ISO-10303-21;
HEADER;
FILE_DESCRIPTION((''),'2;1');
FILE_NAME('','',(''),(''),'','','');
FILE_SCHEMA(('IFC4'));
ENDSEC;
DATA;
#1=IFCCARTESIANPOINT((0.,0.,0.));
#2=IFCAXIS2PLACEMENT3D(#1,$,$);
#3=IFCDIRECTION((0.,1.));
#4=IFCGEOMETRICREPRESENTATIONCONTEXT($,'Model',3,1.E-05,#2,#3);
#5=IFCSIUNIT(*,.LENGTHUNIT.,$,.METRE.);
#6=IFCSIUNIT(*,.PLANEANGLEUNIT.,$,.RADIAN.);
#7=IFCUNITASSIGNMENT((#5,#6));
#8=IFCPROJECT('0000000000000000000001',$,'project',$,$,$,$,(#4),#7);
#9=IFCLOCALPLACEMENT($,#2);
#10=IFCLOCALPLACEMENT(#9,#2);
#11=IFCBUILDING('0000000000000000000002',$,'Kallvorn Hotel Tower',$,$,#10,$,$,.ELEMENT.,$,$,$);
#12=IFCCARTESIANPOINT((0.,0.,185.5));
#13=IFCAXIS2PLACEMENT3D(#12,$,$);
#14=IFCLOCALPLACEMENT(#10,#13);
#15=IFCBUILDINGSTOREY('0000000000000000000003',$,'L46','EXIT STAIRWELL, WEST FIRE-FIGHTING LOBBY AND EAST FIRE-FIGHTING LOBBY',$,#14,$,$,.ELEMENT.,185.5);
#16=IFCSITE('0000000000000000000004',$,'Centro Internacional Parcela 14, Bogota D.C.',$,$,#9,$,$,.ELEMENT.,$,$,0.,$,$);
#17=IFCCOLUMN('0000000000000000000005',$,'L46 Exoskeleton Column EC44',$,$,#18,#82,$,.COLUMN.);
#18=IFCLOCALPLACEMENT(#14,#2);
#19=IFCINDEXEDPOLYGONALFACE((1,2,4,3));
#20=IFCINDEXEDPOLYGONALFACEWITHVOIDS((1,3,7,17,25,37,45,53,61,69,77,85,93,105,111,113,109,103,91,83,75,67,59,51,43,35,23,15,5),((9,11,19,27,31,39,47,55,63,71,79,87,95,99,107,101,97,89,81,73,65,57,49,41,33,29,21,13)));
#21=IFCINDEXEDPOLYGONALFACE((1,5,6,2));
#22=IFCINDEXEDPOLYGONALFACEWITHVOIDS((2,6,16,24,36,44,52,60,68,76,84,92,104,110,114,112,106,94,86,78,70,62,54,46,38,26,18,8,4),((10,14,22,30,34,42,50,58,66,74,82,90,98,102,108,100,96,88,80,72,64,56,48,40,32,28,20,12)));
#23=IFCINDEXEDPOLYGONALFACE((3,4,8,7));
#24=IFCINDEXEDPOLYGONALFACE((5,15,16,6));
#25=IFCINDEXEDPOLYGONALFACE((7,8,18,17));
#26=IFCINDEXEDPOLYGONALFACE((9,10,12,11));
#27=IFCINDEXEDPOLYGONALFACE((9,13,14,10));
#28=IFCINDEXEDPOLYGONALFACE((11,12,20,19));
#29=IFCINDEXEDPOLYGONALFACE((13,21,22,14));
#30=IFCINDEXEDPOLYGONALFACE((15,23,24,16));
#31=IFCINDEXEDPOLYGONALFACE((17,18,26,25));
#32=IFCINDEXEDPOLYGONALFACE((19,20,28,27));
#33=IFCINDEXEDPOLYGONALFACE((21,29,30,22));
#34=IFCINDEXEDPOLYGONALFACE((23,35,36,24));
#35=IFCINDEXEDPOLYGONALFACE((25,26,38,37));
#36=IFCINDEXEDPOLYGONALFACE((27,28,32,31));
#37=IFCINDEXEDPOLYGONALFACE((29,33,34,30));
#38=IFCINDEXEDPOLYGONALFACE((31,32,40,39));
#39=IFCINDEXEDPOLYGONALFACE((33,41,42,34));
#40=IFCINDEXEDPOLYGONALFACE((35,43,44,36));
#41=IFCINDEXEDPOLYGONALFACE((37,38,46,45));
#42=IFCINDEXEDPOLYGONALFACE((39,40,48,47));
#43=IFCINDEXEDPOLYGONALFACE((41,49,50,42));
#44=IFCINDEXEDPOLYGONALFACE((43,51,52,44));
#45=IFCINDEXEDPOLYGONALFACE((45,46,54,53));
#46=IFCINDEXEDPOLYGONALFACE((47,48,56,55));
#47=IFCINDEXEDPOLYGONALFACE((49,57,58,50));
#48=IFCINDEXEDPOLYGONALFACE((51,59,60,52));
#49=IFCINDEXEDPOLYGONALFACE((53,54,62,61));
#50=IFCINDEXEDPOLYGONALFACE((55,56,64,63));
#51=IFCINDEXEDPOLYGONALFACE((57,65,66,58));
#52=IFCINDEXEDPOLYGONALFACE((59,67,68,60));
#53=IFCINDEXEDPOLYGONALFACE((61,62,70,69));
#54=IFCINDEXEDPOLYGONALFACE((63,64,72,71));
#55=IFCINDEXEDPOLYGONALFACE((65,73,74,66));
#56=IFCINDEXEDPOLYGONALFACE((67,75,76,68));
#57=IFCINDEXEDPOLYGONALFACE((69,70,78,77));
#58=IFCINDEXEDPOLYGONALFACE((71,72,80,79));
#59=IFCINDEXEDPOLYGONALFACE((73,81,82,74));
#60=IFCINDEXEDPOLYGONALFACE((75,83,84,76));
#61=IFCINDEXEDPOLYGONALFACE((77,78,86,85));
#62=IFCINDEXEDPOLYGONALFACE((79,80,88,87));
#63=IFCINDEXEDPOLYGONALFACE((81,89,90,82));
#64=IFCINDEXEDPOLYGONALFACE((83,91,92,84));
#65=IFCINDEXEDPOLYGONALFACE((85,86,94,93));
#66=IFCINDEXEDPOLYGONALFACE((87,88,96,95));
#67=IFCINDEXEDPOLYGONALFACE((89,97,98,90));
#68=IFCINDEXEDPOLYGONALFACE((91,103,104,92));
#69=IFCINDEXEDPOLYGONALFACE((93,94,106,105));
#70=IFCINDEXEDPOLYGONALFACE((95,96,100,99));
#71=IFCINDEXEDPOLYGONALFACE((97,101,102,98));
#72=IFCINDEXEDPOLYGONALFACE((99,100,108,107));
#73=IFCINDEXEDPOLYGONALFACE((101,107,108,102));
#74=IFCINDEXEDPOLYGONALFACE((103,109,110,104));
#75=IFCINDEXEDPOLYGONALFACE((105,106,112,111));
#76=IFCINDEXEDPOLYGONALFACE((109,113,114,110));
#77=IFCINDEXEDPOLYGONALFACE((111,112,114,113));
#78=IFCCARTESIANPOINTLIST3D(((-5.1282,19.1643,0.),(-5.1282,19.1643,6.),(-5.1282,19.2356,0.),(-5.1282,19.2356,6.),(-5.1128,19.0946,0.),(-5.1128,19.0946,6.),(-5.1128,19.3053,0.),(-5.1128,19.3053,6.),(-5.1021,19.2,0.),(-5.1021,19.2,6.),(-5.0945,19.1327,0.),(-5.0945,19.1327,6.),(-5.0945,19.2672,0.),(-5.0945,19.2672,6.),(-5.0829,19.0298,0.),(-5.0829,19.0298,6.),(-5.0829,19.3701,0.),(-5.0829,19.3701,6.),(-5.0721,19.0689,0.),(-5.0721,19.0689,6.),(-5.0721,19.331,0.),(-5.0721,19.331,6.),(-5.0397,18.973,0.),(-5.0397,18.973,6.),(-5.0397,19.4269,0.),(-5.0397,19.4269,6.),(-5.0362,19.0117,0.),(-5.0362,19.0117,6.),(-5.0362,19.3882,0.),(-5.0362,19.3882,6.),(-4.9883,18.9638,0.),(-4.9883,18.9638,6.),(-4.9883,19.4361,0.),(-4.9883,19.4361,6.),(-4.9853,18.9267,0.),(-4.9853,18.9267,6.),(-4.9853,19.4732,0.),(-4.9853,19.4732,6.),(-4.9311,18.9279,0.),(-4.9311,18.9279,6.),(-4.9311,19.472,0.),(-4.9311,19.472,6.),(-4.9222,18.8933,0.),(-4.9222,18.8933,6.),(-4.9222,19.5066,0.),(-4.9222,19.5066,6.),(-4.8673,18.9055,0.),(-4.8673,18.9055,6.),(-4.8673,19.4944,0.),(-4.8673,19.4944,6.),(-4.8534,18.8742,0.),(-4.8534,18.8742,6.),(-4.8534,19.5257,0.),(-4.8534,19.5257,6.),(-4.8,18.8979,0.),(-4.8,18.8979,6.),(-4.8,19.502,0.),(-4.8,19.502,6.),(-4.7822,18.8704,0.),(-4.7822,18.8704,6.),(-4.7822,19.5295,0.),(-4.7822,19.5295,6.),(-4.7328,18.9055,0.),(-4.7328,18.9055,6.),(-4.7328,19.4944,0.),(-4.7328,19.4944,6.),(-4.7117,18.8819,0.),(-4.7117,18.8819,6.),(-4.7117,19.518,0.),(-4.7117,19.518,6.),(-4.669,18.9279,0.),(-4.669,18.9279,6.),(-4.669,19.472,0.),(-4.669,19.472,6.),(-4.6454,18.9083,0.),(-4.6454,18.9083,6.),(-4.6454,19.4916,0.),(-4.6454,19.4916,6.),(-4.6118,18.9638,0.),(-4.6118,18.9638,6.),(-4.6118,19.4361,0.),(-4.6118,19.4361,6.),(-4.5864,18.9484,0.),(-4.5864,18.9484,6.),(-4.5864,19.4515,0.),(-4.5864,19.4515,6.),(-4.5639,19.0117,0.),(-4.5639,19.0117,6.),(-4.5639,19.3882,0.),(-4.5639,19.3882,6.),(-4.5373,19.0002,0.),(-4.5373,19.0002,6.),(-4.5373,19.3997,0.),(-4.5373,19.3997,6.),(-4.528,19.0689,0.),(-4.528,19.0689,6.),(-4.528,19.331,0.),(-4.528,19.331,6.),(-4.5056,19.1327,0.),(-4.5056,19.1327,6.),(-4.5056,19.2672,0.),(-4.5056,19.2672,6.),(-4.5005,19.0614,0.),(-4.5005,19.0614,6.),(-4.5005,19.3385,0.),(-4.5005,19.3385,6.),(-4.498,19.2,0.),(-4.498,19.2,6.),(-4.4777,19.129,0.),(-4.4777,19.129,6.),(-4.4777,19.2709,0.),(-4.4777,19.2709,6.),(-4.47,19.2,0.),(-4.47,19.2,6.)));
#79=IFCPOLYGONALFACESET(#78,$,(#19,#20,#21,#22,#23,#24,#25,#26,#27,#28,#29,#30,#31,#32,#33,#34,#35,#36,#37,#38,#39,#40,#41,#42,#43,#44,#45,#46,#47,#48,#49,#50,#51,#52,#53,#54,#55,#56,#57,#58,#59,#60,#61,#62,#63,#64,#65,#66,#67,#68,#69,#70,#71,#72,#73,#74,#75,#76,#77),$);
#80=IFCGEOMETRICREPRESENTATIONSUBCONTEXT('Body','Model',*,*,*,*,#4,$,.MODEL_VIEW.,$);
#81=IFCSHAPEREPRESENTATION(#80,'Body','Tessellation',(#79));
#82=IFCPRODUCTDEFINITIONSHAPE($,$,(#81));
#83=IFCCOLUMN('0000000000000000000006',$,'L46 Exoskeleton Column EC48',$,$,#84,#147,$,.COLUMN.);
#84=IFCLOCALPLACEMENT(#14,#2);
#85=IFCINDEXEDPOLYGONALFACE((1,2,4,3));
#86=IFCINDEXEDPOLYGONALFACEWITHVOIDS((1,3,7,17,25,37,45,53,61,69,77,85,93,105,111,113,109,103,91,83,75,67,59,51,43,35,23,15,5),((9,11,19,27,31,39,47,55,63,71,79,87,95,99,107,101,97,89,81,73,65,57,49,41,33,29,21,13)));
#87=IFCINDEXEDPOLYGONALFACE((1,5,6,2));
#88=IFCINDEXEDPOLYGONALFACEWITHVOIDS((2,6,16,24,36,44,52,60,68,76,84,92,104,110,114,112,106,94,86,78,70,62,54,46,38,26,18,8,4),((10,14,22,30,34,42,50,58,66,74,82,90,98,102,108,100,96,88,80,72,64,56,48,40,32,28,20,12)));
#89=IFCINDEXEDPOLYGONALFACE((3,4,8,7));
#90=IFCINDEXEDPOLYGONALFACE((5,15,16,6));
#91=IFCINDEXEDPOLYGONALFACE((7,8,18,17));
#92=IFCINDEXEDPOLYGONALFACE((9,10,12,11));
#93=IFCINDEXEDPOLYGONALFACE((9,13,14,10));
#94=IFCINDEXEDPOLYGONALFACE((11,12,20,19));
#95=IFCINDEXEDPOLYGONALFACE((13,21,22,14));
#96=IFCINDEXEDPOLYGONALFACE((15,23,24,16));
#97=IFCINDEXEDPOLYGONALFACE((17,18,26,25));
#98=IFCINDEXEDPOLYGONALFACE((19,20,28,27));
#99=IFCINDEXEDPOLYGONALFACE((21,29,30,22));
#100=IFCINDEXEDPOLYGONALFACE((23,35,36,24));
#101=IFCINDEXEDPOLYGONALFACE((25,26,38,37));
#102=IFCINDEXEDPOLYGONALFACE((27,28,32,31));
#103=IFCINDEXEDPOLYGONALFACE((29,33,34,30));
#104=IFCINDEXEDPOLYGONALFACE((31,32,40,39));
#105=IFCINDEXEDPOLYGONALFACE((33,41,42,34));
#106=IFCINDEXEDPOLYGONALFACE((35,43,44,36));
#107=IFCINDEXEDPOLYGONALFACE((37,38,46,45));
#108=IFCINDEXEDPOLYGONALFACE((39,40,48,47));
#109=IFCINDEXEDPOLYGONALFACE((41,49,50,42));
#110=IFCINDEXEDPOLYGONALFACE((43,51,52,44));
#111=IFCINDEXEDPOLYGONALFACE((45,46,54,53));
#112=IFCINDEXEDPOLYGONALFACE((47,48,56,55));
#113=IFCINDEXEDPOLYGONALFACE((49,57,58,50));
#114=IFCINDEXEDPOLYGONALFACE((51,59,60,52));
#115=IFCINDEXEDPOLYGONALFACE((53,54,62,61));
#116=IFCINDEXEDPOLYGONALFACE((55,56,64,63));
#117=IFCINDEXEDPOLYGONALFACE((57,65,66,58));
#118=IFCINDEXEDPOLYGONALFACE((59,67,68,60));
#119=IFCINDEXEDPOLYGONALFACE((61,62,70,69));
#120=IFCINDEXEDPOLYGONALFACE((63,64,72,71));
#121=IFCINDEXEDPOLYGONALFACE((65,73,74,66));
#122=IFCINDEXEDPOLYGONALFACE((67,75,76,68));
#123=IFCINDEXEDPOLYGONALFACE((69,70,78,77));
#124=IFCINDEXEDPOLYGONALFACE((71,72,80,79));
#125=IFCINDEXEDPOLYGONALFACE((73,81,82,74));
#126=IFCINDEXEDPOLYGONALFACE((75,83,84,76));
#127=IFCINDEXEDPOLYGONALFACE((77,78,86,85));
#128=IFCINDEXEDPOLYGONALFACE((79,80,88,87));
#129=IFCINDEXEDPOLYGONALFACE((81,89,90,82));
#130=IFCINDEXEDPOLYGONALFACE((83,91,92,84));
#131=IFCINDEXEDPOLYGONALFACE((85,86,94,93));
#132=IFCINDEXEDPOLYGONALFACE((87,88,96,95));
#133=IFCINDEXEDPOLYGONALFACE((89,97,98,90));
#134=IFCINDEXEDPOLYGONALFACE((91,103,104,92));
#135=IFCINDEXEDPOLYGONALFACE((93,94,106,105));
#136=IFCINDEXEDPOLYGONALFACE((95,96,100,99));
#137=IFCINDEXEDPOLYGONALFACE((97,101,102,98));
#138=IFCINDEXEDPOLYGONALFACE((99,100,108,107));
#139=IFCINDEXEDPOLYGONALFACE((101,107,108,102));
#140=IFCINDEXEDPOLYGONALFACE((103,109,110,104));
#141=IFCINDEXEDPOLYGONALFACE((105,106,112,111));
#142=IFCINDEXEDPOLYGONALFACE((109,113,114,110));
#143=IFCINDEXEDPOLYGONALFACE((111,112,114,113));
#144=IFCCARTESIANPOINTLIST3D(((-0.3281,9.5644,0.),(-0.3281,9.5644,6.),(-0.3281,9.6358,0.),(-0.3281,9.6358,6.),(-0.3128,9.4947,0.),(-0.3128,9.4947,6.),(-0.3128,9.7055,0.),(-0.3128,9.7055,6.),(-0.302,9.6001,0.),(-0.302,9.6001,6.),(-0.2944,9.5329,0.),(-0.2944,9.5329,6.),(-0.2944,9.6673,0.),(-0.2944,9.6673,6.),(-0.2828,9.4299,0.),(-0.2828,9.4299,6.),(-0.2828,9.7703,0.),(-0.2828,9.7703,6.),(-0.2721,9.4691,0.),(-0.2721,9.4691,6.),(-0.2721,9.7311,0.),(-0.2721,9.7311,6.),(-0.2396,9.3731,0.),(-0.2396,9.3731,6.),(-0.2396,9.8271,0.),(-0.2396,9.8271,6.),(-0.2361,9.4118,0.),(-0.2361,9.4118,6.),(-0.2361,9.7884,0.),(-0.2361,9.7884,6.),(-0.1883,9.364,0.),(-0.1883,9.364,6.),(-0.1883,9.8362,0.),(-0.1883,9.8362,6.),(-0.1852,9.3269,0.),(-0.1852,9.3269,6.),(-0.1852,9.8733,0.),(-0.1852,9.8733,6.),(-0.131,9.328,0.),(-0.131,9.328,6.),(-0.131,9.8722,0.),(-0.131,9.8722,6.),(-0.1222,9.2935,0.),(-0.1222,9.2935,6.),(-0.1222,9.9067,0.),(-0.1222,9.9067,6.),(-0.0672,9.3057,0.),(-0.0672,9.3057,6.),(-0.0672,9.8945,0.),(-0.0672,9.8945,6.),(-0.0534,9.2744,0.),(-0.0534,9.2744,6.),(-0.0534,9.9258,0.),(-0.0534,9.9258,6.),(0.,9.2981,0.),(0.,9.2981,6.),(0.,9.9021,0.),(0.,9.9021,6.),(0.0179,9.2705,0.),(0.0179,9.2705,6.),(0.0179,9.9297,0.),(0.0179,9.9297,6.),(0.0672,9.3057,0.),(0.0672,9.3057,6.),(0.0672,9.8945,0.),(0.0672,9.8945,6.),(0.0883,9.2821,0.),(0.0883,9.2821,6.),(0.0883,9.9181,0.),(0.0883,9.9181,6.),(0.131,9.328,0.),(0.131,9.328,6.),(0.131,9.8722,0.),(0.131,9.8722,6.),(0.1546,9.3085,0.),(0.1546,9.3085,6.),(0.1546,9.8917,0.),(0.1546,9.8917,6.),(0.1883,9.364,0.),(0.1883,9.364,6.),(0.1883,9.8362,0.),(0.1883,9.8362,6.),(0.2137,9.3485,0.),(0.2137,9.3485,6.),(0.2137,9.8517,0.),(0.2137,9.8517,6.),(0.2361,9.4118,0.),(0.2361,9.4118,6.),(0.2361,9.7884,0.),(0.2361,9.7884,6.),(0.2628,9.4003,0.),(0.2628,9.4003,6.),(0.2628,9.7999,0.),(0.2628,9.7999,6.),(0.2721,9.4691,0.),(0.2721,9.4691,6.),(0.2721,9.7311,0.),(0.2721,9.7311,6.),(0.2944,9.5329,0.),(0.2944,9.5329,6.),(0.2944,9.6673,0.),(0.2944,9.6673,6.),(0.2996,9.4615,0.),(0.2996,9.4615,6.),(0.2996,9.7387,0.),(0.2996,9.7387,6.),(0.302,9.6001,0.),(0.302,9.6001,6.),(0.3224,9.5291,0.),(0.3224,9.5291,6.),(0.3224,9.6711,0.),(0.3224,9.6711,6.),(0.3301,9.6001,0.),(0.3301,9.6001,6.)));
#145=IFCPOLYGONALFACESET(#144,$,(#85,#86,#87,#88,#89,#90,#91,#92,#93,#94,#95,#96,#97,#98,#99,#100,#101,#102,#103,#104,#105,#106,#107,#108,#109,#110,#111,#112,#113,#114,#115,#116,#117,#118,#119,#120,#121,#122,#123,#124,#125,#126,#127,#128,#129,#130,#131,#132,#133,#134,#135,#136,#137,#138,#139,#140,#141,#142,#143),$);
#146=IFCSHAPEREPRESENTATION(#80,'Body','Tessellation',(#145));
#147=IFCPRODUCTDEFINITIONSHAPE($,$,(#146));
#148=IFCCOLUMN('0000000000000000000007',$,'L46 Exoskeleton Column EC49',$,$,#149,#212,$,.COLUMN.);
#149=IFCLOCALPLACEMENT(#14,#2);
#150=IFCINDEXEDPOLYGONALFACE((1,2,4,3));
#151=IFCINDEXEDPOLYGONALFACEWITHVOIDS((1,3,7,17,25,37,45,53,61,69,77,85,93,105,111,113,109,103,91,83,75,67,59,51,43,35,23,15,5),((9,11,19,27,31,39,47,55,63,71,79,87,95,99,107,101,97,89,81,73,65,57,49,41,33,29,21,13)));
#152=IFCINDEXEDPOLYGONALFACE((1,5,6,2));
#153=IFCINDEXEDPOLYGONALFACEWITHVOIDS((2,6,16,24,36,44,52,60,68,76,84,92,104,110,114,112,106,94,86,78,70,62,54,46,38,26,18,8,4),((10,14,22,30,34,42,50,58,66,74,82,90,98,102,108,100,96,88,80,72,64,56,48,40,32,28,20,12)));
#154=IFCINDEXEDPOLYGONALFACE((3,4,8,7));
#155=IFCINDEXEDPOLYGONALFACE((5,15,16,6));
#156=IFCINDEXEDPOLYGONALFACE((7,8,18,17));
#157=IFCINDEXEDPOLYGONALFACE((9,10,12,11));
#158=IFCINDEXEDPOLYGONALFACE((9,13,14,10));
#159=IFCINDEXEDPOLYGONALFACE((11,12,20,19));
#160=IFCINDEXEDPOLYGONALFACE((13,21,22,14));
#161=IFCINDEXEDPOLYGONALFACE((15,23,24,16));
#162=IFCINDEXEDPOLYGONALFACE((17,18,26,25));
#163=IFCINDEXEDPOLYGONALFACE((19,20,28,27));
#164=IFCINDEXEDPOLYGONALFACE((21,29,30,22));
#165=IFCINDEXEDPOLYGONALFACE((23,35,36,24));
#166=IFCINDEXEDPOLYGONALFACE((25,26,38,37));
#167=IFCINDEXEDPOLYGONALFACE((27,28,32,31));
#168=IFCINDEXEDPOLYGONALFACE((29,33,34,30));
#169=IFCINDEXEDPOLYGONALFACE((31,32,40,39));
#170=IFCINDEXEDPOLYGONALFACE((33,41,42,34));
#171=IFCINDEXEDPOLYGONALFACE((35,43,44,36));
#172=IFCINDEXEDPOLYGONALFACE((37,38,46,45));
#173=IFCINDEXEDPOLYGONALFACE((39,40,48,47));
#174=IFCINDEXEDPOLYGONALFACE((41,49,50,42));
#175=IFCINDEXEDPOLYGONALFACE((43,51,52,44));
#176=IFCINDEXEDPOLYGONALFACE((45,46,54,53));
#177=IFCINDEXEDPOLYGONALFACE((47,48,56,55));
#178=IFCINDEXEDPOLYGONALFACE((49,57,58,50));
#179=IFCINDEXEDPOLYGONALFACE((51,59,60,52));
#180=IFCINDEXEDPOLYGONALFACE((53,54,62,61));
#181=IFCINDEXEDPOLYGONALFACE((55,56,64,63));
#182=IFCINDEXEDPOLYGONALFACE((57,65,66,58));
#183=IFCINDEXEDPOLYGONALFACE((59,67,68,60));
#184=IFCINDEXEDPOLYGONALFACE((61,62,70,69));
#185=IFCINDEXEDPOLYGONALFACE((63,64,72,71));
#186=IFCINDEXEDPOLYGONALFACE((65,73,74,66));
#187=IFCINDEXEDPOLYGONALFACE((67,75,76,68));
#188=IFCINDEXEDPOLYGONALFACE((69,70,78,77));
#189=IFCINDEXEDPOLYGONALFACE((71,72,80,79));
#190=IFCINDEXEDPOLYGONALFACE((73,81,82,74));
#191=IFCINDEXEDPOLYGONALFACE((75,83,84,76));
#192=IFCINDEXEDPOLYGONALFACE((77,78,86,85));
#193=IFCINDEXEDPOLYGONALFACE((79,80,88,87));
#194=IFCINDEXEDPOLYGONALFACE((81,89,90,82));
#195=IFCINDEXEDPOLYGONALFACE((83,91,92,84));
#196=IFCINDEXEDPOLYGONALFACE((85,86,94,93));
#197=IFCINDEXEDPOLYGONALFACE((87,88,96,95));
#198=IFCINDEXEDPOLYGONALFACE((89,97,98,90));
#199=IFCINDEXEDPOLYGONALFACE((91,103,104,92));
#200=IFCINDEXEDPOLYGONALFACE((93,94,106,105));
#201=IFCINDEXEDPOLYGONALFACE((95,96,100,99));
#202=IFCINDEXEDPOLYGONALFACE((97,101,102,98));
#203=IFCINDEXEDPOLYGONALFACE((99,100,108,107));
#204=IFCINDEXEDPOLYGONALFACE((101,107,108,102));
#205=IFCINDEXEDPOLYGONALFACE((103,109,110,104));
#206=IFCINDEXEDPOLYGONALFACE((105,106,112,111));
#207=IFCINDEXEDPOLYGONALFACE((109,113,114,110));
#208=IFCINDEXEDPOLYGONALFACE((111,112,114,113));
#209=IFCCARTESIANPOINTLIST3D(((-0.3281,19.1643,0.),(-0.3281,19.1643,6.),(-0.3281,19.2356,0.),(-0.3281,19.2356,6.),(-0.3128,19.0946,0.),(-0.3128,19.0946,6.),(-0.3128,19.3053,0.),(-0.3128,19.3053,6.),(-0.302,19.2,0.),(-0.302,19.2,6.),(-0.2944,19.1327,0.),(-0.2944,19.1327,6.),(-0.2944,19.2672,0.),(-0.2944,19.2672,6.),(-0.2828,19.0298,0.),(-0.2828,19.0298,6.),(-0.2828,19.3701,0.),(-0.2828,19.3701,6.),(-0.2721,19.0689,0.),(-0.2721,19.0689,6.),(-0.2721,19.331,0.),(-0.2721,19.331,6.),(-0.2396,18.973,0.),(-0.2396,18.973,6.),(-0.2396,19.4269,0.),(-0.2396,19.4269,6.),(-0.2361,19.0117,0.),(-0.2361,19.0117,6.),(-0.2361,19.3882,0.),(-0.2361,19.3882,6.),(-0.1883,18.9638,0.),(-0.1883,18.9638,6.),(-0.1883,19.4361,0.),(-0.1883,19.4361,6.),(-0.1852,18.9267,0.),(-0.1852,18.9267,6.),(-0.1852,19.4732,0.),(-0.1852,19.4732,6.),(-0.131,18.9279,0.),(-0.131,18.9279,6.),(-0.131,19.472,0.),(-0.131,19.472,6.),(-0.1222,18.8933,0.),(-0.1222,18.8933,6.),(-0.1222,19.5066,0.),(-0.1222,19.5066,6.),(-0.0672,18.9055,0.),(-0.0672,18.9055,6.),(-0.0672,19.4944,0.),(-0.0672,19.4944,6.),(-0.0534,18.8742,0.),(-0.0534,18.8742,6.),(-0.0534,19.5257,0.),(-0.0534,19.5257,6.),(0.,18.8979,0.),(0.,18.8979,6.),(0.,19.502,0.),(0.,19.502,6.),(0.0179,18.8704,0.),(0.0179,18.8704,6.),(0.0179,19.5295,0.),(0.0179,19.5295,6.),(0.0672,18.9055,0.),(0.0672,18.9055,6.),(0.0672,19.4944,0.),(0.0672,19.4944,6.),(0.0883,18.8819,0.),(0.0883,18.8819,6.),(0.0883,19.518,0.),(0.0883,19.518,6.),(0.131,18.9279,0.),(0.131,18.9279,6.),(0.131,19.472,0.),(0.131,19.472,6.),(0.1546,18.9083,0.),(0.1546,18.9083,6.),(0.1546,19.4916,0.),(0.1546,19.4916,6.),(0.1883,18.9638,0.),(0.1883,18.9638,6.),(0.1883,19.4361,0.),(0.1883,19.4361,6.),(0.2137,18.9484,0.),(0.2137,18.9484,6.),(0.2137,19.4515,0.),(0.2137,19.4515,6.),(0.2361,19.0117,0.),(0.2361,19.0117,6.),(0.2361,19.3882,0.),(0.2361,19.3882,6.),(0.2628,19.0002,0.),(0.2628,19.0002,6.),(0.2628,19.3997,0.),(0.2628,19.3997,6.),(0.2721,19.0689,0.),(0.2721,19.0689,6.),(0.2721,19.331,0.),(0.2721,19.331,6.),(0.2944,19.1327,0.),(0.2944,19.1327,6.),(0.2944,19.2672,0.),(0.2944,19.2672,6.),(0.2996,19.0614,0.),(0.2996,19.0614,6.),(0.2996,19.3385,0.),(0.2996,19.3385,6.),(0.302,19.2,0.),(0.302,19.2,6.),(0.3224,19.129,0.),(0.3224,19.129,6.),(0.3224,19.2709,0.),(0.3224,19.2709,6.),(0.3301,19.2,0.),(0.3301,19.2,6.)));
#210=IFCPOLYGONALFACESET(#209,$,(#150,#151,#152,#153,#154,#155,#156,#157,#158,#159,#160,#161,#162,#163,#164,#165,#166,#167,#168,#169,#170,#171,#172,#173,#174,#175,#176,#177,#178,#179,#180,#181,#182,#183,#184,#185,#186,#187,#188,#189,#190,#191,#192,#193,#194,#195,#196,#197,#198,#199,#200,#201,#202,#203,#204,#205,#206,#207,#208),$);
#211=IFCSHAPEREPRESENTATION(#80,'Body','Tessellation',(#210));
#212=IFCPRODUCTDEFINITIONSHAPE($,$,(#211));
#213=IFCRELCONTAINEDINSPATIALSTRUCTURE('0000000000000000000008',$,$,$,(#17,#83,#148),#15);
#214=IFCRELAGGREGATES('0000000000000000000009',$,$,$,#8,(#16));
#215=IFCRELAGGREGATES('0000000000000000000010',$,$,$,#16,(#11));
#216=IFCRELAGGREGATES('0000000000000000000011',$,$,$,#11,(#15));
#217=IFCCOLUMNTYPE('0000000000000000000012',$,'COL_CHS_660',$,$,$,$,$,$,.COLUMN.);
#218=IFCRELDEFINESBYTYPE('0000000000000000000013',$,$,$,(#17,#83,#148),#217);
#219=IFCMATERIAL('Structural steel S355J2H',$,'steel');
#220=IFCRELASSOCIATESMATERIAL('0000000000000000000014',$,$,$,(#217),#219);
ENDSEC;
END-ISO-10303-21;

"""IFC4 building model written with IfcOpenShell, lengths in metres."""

from ifc_helpers import new_model, si_unit, direction, frame, origin, origin_2d, place, context, subcontext, project, spatial, hollow_circle, extrude, material, material_profile, profile_set, type_object, element, save


model = new_model("IFC4")

# Units and contexts
model_context = context("Model", 3, precision=1e-05, world=origin(), true_north=direction((0.0, 1.0)))
body_context = subcontext(model_context, "Body", "Model", "MODEL_VIEW")
ifc_project = project(units=[si_unit("LENGTHUNIT", "METRE"), si_unit("PLANEANGLEUNIT", "RADIAN")], contexts=[model_context])

# Site, building, storey
site_placement = place(None, origin())
site = spatial("IfcSite", under=ifc_project, at=site_placement, Name="Centro Internacional Parcela 14, Bogota D.C.", CompositionType="ELEMENT", RefElevation=0.0)
building_placement = place(site_placement, origin())
building = spatial("IfcBuilding", under=site, at=building_placement, Name="Kallvorn Hotel Tower", CompositionType="ELEMENT")
storey_placement = place(building_placement, frame((0.0, 0.0, 185.5)))
storey = spatial("IfcBuildingStorey", under=building, at=storey_placement, Name="L46", Description="EXIT STAIRWELL, WEST FIRE-FIGHTING LOBBY AND EAST FIRE-FIGHTING LOBBY", CompositionType="ELEMENT", Elevation=185.5)

# Columns
ifc_material_1 = material(Name="Structural steel S355J2H", Category="steel")
ifc_material_profile_1 = material_profile(ifc_material_1, hollow_circle(Radius=0.3301, WallThickness=0.0281, at=origin_2d()), Name="CHS 660x28")
ifc_profile_set_1 = profile_set([ifc_material_profile_1], Name="Structural steel S355J2H")
column_type_1 = type_object("IfcColumnType", Name="COL_CHS_660", PredefinedType="COLUMN", material=ifc_profile_set_1)
for number, where, z_axis, x_axis, name in (
    (1, (-4.8, 19.2, 0.0), (0.0, 0.0, 1.0), (1.0, 0.0, 0.0), "L46 Exoskeleton Column EC44"),
    (2, (0.0, 9.6001, 0.0), (0.0, 0.0, 1.0), (1.0, 0.0, 0.0), "L46 Exoskeleton Column EC48"),
    (3, (0.0, 19.2, 0.0), (0.0, 0.0, 1.0), (1.0, 0.0, 0.0), "L46 Exoskeleton Column EC49"),
):
    element("IfcColumn", number, at=place(storey_placement, frame(where, z_axis=z_axis, x_axis=x_axis)), inside=storey, type_object=column_type_1, Name=name, PredefinedType="COLUMN", context=body_context, shape_type="SweptSolid", body=[
        extrude(hollow_circle(Radius=0.3301, WallThickness=0.0281, at=origin_2d()), origin(), (0.0, 0.0, 1.0), 6.0),
    ])

save(model, "model.ifc")
